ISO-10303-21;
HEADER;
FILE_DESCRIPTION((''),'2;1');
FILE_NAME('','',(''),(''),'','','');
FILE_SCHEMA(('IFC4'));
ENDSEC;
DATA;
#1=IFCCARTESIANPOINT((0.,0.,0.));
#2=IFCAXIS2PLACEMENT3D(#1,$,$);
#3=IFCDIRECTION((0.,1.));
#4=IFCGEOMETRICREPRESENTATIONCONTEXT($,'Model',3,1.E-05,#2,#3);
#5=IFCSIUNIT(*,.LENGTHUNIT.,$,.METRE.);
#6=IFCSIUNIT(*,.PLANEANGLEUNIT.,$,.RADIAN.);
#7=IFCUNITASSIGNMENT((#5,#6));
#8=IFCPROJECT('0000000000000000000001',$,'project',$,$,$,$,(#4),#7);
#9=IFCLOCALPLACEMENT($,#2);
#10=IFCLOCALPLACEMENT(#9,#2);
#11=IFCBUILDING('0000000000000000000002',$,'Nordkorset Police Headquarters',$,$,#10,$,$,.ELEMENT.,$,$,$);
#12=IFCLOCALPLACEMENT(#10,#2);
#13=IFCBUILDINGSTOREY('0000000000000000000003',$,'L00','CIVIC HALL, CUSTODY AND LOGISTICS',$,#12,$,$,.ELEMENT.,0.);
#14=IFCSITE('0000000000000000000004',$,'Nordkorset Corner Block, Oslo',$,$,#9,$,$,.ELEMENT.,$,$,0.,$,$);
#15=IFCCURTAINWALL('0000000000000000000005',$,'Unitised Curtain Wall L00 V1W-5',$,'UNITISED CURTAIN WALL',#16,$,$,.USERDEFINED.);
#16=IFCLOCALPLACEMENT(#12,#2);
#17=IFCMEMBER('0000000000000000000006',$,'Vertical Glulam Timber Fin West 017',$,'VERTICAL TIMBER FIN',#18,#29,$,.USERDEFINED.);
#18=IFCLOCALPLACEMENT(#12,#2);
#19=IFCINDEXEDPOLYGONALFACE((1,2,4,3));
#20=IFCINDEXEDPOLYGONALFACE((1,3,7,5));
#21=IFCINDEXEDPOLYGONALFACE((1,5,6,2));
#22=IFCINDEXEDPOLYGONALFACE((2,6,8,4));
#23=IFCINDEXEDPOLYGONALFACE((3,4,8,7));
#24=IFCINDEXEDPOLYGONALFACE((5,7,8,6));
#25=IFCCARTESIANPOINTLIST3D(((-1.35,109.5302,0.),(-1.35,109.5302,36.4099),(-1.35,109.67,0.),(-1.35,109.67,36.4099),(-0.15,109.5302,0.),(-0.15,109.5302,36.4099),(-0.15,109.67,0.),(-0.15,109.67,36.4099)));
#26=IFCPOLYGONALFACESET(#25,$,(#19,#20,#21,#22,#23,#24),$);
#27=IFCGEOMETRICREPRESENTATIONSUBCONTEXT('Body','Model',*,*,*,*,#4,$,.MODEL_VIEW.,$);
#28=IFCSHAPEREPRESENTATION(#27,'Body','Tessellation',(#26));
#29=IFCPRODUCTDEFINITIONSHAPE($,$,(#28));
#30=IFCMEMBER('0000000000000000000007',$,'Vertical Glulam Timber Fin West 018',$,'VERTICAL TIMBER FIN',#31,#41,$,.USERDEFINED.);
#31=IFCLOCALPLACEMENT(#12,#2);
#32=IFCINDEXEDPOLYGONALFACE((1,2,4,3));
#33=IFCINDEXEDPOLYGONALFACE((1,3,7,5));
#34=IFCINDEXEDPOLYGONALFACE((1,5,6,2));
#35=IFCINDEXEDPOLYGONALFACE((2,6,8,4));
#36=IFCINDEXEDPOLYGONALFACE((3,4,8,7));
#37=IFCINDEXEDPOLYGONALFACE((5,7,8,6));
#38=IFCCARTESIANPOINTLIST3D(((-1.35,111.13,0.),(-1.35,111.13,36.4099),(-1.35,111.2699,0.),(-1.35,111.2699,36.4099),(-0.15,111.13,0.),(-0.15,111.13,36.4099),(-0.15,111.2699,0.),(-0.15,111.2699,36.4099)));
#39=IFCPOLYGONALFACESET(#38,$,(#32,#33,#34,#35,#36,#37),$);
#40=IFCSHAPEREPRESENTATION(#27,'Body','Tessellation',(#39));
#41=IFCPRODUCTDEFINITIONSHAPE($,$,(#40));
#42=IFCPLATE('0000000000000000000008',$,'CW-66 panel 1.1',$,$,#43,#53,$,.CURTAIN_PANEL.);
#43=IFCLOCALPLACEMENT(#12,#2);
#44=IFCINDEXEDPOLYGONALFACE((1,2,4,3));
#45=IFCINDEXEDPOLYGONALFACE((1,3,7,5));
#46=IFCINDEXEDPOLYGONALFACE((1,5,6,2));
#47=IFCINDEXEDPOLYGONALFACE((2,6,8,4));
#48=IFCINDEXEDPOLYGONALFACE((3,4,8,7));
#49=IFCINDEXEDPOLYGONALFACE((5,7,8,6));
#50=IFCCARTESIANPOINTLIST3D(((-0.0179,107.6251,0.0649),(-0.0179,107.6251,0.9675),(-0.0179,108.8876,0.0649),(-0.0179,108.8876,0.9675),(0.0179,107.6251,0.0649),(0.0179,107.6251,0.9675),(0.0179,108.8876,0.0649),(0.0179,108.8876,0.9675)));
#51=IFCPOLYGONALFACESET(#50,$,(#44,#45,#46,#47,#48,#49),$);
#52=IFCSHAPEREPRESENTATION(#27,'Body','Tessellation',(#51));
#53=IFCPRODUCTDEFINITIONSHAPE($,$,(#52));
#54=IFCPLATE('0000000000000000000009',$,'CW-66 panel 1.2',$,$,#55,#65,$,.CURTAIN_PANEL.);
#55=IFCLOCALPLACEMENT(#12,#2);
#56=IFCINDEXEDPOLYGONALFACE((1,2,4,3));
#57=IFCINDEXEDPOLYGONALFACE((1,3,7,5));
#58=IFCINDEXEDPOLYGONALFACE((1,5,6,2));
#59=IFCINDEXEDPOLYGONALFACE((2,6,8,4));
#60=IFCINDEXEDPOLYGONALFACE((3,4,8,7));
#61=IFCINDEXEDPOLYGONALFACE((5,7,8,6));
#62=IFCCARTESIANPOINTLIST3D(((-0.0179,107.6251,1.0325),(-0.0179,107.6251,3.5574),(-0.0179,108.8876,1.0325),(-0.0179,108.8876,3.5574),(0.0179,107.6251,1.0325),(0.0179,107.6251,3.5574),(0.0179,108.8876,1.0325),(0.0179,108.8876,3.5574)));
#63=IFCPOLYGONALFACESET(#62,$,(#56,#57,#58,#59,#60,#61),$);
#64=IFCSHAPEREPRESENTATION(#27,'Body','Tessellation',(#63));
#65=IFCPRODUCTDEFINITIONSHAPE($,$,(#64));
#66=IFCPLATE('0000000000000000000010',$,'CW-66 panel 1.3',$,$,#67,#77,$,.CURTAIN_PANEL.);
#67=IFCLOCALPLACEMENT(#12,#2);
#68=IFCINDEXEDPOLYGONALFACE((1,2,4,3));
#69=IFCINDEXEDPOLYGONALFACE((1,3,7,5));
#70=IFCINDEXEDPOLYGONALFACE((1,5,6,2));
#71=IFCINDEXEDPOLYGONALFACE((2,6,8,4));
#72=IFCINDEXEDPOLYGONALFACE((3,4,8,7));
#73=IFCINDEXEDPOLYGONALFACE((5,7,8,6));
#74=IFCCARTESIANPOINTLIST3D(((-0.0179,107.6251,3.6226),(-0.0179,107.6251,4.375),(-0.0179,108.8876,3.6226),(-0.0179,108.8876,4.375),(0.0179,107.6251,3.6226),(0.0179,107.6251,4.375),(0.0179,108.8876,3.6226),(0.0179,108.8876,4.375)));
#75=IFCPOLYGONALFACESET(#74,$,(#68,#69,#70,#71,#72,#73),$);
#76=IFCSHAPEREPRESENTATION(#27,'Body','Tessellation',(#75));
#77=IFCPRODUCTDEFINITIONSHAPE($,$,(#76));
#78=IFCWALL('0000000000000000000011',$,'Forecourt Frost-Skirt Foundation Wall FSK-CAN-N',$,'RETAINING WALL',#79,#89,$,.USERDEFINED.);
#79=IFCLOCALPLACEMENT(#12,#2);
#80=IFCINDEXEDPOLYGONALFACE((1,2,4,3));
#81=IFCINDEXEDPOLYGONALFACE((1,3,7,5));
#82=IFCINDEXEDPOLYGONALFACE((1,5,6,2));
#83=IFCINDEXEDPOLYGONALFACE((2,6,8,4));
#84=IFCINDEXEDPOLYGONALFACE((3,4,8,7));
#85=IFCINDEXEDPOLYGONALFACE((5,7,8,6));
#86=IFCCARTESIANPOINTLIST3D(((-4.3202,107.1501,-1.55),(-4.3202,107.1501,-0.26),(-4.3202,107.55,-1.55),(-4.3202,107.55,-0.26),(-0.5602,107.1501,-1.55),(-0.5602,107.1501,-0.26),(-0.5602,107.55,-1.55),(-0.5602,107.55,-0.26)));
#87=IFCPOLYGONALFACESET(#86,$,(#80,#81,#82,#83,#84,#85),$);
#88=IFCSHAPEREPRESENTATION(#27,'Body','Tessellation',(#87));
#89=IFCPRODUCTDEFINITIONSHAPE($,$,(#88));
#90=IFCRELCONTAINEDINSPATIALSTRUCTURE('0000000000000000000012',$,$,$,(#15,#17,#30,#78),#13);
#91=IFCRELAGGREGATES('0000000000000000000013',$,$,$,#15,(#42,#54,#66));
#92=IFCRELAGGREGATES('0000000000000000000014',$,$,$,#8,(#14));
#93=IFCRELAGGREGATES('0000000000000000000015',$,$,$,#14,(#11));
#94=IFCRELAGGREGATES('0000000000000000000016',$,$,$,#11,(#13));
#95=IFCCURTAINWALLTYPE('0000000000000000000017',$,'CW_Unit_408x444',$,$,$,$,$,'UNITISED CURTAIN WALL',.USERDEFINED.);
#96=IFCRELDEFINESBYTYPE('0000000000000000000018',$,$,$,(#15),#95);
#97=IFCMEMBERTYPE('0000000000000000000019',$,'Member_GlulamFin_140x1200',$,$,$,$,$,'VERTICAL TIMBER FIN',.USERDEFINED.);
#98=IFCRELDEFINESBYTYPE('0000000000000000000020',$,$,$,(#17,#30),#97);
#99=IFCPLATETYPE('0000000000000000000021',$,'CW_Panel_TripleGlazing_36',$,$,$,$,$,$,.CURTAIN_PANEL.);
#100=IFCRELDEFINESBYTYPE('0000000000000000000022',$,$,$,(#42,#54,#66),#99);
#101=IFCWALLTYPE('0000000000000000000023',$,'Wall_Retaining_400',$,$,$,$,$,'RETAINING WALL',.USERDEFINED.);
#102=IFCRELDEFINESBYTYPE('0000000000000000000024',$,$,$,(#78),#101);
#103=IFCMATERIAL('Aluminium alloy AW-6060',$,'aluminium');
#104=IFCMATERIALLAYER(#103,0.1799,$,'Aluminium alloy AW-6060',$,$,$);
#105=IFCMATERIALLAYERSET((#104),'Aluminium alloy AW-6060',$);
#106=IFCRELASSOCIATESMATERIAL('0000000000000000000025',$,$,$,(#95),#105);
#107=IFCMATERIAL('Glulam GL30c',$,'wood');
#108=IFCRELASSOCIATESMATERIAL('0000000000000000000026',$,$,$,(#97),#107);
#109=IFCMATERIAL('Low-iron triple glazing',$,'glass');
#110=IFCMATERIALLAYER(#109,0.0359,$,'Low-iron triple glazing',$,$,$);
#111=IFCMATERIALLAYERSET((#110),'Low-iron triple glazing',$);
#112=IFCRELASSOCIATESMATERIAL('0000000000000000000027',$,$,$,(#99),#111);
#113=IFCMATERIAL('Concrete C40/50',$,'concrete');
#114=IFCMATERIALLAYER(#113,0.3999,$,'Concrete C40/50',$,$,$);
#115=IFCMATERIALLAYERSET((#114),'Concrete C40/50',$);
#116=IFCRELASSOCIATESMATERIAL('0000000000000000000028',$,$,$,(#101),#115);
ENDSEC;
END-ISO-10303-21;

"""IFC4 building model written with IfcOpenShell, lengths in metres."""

from ifc_helpers import new_model, si_unit, direction, frame, frame_2d, origin, origin_2d, place, context, subcontext, project, spatial, rectangle, extrude, material, layer, layer_set, material_profile, profile_set, type_object, element, aggregate, save


model = new_model("IFC4")

# Units and contexts
model_context = context("Model", 3, precision=1e-05, world=origin(), true_north=direction((0.0, 1.0)))
body_context = subcontext(model_context, "Body", "Model", "MODEL_VIEW")
ifc_project = project(units=[si_unit("LENGTHUNIT", "METRE"), si_unit("PLANEANGLEUNIT", "RADIAN")], contexts=[model_context])

# Site, building, storey
site_placement = place(None, origin())
site = spatial("IfcSite", under=ifc_project, at=site_placement, Name="Nordkorset Corner Block, Oslo", CompositionType="ELEMENT", RefElevation=0.0)
building_placement = place(site_placement, origin())
building = spatial("IfcBuilding", under=site, at=building_placement, Name="Nordkorset Police Headquarters", CompositionType="ELEMENT")
storey_placement = place(building_placement, origin())
storey = spatial("IfcBuildingStorey", under=building, at=storey_placement, Name="L00", Description="CIVIC HALL, CUSTODY AND LOGISTICS", CompositionType="ELEMENT", Elevation=0.0)

# Curtain wall
ifc_material_1 = material(Name="Aluminium alloy AW-6060", Category="aluminium")
ifc_layer_1 = layer(ifc_material_1, 0.1799, Name="Aluminium alloy AW-6060")
ifc_layer_set_1 = layer_set([ifc_layer_1], Name="Aluminium alloy AW-6060")
curtain_wall_type = type_object("IfcCurtainWallType", Name="CW_Unit_408x444", ElementType="UNITISED CURTAIN WALL", PredefinedType="USERDEFINED", material=ifc_layer_set_1)
curtain_wall_placement = place(storey_placement, origin())
curtain_wall = element("IfcCurtainWall", 1, at=curtain_wall_placement, inside=storey, type_object=curtain_wall_type, Name="Unitised Curtain Wall L00 V1W-5", ObjectType="UNITISED CURTAIN WALL", PredefinedType="USERDEFINED")

# Members
ifc_material_2 = material(Name="Glulam GL30c", Category="wood")
ifc_material_profile_1 = material_profile(ifc_material_2, rectangle(XDim=0.1399, YDim=1.2, at=origin_2d()), Name="GL30C FIN 140x1200")
ifc_profile_set_1 = profile_set([ifc_material_profile_1], Name="Glulam GL30c")
member_type_1 = type_object("IfcMemberType", Name="Member_GlulamFin_140x1200", ElementType="VERTICAL TIMBER FIN", PredefinedType="USERDEFINED", material=ifc_profile_set_1)
for number, where, z_axis, x_axis, name in (
    (2, (-0.75, 109.6001, 0.0), (0.0, 0.0, 1.0), (0.0, 1.0, 0.0), "Vertical Glulam Timber Fin West 017"),
    (3, (-0.75, 111.2, 0.0), (0.0, 0.0, 1.0), (0.0, 1.0, 0.0), "Vertical Glulam Timber Fin West 018"),
):
    element("IfcMember", number, at=place(storey_placement, frame(where, z_axis=z_axis, x_axis=x_axis)), inside=storey, type_object=member_type_1, Name=name, ObjectType="VERTICAL TIMBER FIN", PredefinedType="USERDEFINED", context=body_context, shape_type="SweptSolid", body=[
        extrude(rectangle(XDim=0.1399, YDim=1.2, at=origin_2d()), origin(), (0.0, 0.0, 1.0), 36.4099),
    ])

# Plates
ifc_material_3 = material(Name="Low-iron triple glazing", Category="glass")
ifc_layer_2 = layer(ifc_material_3, 0.0359, Name="Low-iron triple glazing")
ifc_layer_set_2 = layer_set([ifc_layer_2], Name="Low-iron triple glazing")
plate_type = type_object("IfcPlateType", Name="CW_Panel_TripleGlazing_36", PredefinedType="CURTAIN_PANEL", material=ifc_layer_set_2)
plate_1_placement = place(storey_placement, frame((0.0, 108.2563, 0.0649), z_axis=(0.0, 0.0, 1.0), x_axis=(0.0, 1.0, 0.0)))
plate_1 = element("IfcPlate", 4, at=plate_1_placement, type_object=plate_type, Name="CW-66 panel 1.1", PredefinedType="CURTAIN_PANEL", context=body_context, shape_type="SweptSolid", body=[
    extrude(rectangle(XDim=1.2625, YDim=0.0359, at=origin_2d()), origin(), (0.0, 0.0, 1.0), 0.9026),
])
plate_2_placement = place(storey_placement, frame((0.0, 108.2563, 1.0325), z_axis=(0.0, 0.0, 1.0), x_axis=(0.0, 1.0, 0.0)))
plate_2 = element("IfcPlate", 5, at=plate_2_placement, type_object=plate_type, Name="CW-66 panel 1.2", PredefinedType="CURTAIN_PANEL", context=body_context, shape_type="SweptSolid", body=[
    extrude(rectangle(XDim=1.2625, YDim=0.0359, at=origin_2d()), origin(), (0.0, 0.0, 1.0), 2.5249),
])
plate_3_placement = place(storey_placement, frame((0.0, 108.2563, 3.6226), z_axis=(0.0, 0.0, 1.0), x_axis=(0.0, 1.0, 0.0)))
plate_3 = element("IfcPlate", 6, at=plate_3_placement, type_object=plate_type, Name="CW-66 panel 1.3", PredefinedType="CURTAIN_PANEL", context=body_context, shape_type="SweptSolid", body=[
    extrude(rectangle(XDim=1.2625, YDim=0.0359, at=origin_2d()), origin(), (0.0, 0.0, 1.0), 0.7524),
])
aggregate(curtain_wall, [plate_1, plate_2, plate_3])

# Wall
ifc_material_4 = material(Name="Concrete C40/50", Category="concrete")
ifc_layer_3 = layer(ifc_material_4, 0.3999, Name="Concrete C40/50")
ifc_layer_set_3 = layer_set([ifc_layer_3], Name="Concrete C40/50")
wall_type = type_object("IfcWallType", Name="Wall_Retaining_400", ElementType="RETAINING WALL", PredefinedType="USERDEFINED", material=ifc_layer_set_3)
wall_placement = place(storey_placement, frame((-4.3201, 107.3501, -1.55), z_axis=(0.0, 0.0, 1.0), x_axis=(1.0, 0.0, 0.0)))
element("IfcWall", 7, at=wall_placement, inside=storey, type_object=wall_type, Name="Forecourt Frost-Skirt Foundation Wall FSK-CAN-N", ObjectType="RETAINING WALL", PredefinedType="USERDEFINED", context=body_context, shape_type="SweptSolid", body=[
    extrude(rectangle(XDim=3.76, YDim=0.3999, at=frame_2d((1.8799, 0.0))), origin(), (0.0, 0.0, 1.0), 1.29),
])

save(model, "model.ifc")
